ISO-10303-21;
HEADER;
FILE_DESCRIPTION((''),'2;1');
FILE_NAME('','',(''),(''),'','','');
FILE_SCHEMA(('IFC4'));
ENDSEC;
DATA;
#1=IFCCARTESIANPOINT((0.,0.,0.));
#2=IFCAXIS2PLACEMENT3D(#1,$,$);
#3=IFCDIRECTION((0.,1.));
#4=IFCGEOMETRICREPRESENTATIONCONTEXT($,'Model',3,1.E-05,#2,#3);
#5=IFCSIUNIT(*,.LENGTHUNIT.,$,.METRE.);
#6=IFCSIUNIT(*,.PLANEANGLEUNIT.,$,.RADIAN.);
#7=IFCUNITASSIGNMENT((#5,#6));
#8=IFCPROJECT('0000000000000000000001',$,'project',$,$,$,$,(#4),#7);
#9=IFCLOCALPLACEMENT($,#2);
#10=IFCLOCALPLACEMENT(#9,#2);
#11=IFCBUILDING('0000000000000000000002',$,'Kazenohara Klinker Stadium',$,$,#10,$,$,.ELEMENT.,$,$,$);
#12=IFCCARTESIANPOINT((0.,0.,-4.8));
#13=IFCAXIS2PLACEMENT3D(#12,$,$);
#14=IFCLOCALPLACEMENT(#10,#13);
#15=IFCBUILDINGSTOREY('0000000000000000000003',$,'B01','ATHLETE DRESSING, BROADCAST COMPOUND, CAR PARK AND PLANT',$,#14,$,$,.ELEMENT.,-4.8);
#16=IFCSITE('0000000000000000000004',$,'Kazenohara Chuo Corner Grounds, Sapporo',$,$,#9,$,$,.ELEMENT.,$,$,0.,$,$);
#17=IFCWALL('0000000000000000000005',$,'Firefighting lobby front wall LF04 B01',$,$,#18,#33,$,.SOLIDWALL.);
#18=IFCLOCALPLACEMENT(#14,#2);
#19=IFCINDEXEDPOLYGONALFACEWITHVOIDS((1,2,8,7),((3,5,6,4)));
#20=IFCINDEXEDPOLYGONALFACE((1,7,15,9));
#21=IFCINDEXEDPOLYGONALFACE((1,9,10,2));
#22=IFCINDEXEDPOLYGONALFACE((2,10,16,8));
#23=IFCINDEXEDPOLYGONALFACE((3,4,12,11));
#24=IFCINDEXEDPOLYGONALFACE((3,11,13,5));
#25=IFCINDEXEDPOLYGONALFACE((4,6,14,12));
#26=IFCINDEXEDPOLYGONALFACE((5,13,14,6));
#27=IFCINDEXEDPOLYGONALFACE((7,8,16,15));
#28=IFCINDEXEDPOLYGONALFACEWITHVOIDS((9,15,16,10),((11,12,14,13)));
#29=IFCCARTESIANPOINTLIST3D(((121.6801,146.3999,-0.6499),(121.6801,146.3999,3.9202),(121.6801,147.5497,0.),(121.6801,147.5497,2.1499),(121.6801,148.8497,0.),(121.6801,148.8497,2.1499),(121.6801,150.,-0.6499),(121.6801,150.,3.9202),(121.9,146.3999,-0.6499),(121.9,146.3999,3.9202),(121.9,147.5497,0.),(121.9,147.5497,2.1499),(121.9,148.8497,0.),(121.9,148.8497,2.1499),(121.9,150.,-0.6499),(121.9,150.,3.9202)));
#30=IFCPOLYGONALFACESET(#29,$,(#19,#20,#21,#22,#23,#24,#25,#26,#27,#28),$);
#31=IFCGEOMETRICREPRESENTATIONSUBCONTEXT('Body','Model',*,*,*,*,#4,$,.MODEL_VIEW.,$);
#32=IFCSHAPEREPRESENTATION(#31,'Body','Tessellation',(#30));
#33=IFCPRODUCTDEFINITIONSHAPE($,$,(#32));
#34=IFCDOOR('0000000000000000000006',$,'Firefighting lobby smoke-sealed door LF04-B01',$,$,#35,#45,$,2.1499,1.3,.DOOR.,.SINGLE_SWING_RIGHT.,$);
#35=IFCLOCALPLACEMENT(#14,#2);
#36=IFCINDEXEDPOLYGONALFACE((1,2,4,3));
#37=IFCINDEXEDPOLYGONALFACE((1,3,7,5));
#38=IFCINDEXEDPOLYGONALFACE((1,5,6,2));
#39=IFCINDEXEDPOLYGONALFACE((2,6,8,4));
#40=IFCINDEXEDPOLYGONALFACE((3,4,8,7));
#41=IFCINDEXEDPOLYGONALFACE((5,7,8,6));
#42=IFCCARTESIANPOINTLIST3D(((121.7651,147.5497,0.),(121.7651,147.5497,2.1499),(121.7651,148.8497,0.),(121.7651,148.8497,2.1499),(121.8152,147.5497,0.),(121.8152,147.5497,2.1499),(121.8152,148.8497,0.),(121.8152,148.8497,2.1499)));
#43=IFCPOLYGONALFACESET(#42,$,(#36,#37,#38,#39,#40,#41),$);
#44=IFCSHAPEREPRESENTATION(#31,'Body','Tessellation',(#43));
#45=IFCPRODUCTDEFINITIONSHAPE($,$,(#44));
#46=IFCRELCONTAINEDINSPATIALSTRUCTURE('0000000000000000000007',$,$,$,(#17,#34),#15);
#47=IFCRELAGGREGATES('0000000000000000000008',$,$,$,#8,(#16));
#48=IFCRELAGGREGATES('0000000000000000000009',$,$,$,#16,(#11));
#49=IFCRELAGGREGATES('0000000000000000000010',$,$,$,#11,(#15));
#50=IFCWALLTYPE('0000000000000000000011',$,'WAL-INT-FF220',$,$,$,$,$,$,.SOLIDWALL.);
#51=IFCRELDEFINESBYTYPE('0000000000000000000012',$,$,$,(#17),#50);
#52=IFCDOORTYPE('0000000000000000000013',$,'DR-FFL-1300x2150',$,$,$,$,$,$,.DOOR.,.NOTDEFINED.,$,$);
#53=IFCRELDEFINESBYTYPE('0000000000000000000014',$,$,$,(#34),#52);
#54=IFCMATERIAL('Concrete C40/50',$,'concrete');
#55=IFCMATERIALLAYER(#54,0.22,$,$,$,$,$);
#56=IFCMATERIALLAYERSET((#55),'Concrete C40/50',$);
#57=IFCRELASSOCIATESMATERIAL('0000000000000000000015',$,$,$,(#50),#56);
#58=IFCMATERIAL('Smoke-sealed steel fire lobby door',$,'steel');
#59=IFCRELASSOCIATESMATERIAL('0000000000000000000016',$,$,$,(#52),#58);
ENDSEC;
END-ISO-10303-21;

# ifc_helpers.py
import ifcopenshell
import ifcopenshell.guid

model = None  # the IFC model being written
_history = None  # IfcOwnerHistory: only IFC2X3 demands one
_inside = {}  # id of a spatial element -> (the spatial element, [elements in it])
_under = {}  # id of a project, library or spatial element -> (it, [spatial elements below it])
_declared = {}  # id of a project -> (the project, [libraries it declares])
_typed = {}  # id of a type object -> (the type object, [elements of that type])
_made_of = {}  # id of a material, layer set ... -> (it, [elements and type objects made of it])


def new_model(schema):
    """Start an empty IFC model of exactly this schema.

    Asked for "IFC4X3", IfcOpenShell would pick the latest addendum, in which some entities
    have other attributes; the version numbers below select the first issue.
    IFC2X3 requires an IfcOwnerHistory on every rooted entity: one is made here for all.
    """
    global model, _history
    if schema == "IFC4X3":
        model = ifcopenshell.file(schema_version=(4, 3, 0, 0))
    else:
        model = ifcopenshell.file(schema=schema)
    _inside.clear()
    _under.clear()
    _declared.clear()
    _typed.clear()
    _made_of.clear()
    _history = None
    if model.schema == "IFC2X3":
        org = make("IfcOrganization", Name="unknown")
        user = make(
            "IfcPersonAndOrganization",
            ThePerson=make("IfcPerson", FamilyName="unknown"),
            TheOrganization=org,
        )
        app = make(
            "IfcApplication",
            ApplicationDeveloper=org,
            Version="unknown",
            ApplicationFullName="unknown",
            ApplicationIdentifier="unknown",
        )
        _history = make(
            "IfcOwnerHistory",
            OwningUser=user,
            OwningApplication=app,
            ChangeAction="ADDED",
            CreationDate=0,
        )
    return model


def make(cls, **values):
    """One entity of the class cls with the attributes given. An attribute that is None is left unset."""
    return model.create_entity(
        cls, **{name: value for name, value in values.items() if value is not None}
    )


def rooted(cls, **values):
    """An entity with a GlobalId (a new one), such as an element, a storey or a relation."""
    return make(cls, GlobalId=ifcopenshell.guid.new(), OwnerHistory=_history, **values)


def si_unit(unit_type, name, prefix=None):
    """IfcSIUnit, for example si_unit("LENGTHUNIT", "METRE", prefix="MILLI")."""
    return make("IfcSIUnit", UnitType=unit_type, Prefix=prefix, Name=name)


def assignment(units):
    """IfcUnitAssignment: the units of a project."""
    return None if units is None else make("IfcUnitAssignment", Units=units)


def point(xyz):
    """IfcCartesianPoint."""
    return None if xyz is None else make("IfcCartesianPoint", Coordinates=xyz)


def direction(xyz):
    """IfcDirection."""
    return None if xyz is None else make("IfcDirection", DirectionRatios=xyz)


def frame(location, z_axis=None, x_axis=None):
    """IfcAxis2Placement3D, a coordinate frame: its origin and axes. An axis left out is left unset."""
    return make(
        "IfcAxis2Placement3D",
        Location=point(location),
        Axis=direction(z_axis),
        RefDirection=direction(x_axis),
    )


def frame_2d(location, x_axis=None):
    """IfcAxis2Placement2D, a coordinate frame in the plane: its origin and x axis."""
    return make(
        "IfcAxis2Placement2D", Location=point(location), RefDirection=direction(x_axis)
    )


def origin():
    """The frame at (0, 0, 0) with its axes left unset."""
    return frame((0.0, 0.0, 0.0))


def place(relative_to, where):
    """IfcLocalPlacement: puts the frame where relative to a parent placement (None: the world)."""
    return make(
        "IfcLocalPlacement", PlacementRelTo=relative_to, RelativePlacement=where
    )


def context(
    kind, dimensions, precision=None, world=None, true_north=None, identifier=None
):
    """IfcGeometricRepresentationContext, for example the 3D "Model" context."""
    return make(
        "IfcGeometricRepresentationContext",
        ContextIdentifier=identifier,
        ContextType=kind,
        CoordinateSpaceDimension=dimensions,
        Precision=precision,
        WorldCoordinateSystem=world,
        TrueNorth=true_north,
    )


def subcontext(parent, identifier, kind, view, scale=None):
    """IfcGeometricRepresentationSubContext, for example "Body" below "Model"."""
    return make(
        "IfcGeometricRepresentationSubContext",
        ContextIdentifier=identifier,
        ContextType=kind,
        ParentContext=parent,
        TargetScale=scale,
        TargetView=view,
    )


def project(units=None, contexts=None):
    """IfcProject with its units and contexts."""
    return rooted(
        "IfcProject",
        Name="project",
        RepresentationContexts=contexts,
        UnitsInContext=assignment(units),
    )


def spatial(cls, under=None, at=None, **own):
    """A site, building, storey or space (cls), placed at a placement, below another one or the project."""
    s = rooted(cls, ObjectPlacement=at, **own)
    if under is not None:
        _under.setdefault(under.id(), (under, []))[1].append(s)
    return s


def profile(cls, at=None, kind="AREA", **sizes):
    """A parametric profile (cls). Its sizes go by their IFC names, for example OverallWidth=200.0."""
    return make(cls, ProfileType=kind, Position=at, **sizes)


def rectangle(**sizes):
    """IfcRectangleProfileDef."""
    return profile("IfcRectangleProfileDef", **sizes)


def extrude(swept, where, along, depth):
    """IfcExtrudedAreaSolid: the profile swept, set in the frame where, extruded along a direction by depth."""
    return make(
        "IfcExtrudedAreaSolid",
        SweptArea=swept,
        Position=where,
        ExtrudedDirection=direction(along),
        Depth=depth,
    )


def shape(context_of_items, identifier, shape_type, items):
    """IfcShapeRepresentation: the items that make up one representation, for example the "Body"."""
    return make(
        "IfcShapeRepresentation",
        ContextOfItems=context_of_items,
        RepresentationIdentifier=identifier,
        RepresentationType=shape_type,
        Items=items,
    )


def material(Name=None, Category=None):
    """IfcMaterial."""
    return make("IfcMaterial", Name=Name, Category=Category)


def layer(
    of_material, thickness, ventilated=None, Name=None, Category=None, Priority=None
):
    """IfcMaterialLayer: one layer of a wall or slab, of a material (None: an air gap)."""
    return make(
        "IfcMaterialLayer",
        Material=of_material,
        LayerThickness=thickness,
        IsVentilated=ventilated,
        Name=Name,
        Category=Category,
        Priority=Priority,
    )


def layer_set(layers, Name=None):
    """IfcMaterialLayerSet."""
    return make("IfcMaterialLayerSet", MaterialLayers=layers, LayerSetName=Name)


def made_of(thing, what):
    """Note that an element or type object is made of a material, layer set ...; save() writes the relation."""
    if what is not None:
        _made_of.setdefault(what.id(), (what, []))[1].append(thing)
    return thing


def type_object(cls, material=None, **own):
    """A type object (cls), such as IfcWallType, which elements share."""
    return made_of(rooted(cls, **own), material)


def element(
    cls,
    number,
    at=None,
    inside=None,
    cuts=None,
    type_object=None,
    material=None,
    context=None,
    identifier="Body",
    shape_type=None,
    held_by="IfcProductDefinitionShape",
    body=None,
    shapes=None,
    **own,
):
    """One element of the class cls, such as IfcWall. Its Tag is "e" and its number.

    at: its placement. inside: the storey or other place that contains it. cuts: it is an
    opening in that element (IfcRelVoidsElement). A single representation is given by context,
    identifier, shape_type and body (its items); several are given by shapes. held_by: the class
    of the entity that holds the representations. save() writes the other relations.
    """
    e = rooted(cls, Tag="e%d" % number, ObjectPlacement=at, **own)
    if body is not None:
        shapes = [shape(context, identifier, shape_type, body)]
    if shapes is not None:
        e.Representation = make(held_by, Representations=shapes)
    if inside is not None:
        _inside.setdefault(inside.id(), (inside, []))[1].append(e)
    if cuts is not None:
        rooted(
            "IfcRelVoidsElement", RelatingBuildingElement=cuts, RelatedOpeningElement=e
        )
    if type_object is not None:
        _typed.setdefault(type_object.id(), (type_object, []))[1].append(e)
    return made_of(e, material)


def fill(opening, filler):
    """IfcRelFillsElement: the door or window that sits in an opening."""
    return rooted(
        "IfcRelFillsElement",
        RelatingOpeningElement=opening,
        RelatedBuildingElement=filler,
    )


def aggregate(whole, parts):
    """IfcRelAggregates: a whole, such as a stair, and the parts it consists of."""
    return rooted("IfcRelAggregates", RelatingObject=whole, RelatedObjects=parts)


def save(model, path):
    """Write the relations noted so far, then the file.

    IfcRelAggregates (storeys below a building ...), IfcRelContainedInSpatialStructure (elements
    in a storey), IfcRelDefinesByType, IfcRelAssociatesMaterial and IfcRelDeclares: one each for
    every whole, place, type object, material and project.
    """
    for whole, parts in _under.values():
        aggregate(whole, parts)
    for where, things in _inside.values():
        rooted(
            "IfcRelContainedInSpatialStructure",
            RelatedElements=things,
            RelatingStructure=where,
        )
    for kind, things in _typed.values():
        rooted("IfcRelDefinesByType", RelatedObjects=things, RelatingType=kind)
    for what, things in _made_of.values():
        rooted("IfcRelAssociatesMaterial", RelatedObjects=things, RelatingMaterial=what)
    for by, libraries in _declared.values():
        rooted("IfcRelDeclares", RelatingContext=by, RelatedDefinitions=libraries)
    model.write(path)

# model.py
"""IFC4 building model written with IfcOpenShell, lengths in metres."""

from ifc_helpers import new_model, si_unit, direction, frame, frame_2d, origin, place, context, subcontext, project, spatial, rectangle, extrude, material, layer, layer_set, type_object, element, fill, save


model = new_model("IFC4")

# Units and contexts
model_context = context("Model", 3, precision=1e-05, world=origin(), true_north=direction((0.0, 1.0)))
body_context = subcontext(model_context, "Body", "Model", "MODEL_VIEW")
ifc_project = project(units=[si_unit("LENGTHUNIT", "METRE"), si_unit("PLANEANGLEUNIT", "RADIAN")], contexts=[model_context])

# Site, building, storey
site_placement = place(None, origin())
site = spatial("IfcSite", under=ifc_project, at=site_placement, Name="Kazenohara Chuo Corner Grounds, Sapporo", CompositionType="ELEMENT", RefElevation=0.0)
building_placement = place(site_placement, origin())
building = spatial("IfcBuilding", under=site, at=building_placement, Name="Kazenohara Klinker Stadium", CompositionType="ELEMENT")
storey_placement = place(building_placement, frame((0.0, 0.0, -4.8)))
storey = spatial("IfcBuildingStorey", under=building, at=storey_placement, Name="B01", Description="ATHLETE DRESSING, BROADCAST COMPOUND, CAR PARK AND PLANT", CompositionType="ELEMENT", Elevation=-4.8)

# Shared definitions
ifc_material_1 = material(Name="Concrete C40/50", Category="concrete")

# Shared definitions
ifc_layer_1 = layer(ifc_material_1, 0.22)
ifc_layer_set_1 = layer_set([ifc_layer_1], Name="Concrete C40/50")
wall_type_1 = type_object("IfcWallType", Name="WAL-INT-FF220", PredefinedType="SOLIDWALL", material=ifc_layer_set_1)

# Wall, opening, door
wall_1_placement = place(storey_placement, frame((121.79, 146.3999, -0.6499), z_axis=(0.0, 0.0, 1.0), x_axis=(0.0, 1.0, 0.0)))
wall_1 = element("IfcWall", 1, at=wall_1_placement, inside=storey, type_object=wall_type_1, Name="Firefighting lobby front wall LF04 B01", PredefinedType="SOLIDWALL", context=body_context, shape_type="SweptSolid", body=[
    extrude(rectangle(XDim=3.6001, YDim=0.22, at=frame_2d((1.8, 0.0))), origin(), (0.0, 0.0, 1.0), 4.5701),
])
opening_1_placement = place(wall_1_placement, frame((1.1499, 0.0, 0.6499)))
opening_1 = element("IfcOpeningElement", 2, at=opening_1_placement, cuts=wall_1, PredefinedType="OPENING", context=body_context, shape_type="SweptSolid", body=[
    extrude(rectangle(XDim=1.3, YDim=2.1499, at=frame_2d((0.6499, 1.075))), frame((0.0, 0.1201, 0.0), z_axis=(0.0, -1.0, 0.0), x_axis=(1.0, 0.0, 0.0)), (0.0, 0.0, 1.0), 0.24),
])
ifc_material_2 = material(Name="Smoke-sealed steel fire lobby door", Category="steel")
door_type_1 = type_object("IfcDoorType", Name="DR-FFL-1300x2150", OperationType="NOTDEFINED", PredefinedType="DOOR", material=ifc_material_2)
door_1_placement = place(opening_1_placement, origin())
door_1 = element("IfcDoor", 3, at=door_1_placement, inside=storey, type_object=door_type_1, Name="Firefighting lobby smoke-sealed door LF04-B01", OperationType="SINGLE_SWING_RIGHT", OverallHeight=2.1499, OverallWidth=1.3, PredefinedType="DOOR", context=body_context, shape_type="SweptSolid", body=[
    extrude(rectangle(XDim=1.3, YDim=2.1499, at=frame_2d((0.6499, 1.075))), frame((0.0, 0.0249, 0.0), z_axis=(0.0, -1.0, 0.0), x_axis=(1.0, 0.0, 0.0)), (0.0, 0.0, 1.0), 0.05),
])
fill(opening_1, door_1)

save(model, "model.ifc")
